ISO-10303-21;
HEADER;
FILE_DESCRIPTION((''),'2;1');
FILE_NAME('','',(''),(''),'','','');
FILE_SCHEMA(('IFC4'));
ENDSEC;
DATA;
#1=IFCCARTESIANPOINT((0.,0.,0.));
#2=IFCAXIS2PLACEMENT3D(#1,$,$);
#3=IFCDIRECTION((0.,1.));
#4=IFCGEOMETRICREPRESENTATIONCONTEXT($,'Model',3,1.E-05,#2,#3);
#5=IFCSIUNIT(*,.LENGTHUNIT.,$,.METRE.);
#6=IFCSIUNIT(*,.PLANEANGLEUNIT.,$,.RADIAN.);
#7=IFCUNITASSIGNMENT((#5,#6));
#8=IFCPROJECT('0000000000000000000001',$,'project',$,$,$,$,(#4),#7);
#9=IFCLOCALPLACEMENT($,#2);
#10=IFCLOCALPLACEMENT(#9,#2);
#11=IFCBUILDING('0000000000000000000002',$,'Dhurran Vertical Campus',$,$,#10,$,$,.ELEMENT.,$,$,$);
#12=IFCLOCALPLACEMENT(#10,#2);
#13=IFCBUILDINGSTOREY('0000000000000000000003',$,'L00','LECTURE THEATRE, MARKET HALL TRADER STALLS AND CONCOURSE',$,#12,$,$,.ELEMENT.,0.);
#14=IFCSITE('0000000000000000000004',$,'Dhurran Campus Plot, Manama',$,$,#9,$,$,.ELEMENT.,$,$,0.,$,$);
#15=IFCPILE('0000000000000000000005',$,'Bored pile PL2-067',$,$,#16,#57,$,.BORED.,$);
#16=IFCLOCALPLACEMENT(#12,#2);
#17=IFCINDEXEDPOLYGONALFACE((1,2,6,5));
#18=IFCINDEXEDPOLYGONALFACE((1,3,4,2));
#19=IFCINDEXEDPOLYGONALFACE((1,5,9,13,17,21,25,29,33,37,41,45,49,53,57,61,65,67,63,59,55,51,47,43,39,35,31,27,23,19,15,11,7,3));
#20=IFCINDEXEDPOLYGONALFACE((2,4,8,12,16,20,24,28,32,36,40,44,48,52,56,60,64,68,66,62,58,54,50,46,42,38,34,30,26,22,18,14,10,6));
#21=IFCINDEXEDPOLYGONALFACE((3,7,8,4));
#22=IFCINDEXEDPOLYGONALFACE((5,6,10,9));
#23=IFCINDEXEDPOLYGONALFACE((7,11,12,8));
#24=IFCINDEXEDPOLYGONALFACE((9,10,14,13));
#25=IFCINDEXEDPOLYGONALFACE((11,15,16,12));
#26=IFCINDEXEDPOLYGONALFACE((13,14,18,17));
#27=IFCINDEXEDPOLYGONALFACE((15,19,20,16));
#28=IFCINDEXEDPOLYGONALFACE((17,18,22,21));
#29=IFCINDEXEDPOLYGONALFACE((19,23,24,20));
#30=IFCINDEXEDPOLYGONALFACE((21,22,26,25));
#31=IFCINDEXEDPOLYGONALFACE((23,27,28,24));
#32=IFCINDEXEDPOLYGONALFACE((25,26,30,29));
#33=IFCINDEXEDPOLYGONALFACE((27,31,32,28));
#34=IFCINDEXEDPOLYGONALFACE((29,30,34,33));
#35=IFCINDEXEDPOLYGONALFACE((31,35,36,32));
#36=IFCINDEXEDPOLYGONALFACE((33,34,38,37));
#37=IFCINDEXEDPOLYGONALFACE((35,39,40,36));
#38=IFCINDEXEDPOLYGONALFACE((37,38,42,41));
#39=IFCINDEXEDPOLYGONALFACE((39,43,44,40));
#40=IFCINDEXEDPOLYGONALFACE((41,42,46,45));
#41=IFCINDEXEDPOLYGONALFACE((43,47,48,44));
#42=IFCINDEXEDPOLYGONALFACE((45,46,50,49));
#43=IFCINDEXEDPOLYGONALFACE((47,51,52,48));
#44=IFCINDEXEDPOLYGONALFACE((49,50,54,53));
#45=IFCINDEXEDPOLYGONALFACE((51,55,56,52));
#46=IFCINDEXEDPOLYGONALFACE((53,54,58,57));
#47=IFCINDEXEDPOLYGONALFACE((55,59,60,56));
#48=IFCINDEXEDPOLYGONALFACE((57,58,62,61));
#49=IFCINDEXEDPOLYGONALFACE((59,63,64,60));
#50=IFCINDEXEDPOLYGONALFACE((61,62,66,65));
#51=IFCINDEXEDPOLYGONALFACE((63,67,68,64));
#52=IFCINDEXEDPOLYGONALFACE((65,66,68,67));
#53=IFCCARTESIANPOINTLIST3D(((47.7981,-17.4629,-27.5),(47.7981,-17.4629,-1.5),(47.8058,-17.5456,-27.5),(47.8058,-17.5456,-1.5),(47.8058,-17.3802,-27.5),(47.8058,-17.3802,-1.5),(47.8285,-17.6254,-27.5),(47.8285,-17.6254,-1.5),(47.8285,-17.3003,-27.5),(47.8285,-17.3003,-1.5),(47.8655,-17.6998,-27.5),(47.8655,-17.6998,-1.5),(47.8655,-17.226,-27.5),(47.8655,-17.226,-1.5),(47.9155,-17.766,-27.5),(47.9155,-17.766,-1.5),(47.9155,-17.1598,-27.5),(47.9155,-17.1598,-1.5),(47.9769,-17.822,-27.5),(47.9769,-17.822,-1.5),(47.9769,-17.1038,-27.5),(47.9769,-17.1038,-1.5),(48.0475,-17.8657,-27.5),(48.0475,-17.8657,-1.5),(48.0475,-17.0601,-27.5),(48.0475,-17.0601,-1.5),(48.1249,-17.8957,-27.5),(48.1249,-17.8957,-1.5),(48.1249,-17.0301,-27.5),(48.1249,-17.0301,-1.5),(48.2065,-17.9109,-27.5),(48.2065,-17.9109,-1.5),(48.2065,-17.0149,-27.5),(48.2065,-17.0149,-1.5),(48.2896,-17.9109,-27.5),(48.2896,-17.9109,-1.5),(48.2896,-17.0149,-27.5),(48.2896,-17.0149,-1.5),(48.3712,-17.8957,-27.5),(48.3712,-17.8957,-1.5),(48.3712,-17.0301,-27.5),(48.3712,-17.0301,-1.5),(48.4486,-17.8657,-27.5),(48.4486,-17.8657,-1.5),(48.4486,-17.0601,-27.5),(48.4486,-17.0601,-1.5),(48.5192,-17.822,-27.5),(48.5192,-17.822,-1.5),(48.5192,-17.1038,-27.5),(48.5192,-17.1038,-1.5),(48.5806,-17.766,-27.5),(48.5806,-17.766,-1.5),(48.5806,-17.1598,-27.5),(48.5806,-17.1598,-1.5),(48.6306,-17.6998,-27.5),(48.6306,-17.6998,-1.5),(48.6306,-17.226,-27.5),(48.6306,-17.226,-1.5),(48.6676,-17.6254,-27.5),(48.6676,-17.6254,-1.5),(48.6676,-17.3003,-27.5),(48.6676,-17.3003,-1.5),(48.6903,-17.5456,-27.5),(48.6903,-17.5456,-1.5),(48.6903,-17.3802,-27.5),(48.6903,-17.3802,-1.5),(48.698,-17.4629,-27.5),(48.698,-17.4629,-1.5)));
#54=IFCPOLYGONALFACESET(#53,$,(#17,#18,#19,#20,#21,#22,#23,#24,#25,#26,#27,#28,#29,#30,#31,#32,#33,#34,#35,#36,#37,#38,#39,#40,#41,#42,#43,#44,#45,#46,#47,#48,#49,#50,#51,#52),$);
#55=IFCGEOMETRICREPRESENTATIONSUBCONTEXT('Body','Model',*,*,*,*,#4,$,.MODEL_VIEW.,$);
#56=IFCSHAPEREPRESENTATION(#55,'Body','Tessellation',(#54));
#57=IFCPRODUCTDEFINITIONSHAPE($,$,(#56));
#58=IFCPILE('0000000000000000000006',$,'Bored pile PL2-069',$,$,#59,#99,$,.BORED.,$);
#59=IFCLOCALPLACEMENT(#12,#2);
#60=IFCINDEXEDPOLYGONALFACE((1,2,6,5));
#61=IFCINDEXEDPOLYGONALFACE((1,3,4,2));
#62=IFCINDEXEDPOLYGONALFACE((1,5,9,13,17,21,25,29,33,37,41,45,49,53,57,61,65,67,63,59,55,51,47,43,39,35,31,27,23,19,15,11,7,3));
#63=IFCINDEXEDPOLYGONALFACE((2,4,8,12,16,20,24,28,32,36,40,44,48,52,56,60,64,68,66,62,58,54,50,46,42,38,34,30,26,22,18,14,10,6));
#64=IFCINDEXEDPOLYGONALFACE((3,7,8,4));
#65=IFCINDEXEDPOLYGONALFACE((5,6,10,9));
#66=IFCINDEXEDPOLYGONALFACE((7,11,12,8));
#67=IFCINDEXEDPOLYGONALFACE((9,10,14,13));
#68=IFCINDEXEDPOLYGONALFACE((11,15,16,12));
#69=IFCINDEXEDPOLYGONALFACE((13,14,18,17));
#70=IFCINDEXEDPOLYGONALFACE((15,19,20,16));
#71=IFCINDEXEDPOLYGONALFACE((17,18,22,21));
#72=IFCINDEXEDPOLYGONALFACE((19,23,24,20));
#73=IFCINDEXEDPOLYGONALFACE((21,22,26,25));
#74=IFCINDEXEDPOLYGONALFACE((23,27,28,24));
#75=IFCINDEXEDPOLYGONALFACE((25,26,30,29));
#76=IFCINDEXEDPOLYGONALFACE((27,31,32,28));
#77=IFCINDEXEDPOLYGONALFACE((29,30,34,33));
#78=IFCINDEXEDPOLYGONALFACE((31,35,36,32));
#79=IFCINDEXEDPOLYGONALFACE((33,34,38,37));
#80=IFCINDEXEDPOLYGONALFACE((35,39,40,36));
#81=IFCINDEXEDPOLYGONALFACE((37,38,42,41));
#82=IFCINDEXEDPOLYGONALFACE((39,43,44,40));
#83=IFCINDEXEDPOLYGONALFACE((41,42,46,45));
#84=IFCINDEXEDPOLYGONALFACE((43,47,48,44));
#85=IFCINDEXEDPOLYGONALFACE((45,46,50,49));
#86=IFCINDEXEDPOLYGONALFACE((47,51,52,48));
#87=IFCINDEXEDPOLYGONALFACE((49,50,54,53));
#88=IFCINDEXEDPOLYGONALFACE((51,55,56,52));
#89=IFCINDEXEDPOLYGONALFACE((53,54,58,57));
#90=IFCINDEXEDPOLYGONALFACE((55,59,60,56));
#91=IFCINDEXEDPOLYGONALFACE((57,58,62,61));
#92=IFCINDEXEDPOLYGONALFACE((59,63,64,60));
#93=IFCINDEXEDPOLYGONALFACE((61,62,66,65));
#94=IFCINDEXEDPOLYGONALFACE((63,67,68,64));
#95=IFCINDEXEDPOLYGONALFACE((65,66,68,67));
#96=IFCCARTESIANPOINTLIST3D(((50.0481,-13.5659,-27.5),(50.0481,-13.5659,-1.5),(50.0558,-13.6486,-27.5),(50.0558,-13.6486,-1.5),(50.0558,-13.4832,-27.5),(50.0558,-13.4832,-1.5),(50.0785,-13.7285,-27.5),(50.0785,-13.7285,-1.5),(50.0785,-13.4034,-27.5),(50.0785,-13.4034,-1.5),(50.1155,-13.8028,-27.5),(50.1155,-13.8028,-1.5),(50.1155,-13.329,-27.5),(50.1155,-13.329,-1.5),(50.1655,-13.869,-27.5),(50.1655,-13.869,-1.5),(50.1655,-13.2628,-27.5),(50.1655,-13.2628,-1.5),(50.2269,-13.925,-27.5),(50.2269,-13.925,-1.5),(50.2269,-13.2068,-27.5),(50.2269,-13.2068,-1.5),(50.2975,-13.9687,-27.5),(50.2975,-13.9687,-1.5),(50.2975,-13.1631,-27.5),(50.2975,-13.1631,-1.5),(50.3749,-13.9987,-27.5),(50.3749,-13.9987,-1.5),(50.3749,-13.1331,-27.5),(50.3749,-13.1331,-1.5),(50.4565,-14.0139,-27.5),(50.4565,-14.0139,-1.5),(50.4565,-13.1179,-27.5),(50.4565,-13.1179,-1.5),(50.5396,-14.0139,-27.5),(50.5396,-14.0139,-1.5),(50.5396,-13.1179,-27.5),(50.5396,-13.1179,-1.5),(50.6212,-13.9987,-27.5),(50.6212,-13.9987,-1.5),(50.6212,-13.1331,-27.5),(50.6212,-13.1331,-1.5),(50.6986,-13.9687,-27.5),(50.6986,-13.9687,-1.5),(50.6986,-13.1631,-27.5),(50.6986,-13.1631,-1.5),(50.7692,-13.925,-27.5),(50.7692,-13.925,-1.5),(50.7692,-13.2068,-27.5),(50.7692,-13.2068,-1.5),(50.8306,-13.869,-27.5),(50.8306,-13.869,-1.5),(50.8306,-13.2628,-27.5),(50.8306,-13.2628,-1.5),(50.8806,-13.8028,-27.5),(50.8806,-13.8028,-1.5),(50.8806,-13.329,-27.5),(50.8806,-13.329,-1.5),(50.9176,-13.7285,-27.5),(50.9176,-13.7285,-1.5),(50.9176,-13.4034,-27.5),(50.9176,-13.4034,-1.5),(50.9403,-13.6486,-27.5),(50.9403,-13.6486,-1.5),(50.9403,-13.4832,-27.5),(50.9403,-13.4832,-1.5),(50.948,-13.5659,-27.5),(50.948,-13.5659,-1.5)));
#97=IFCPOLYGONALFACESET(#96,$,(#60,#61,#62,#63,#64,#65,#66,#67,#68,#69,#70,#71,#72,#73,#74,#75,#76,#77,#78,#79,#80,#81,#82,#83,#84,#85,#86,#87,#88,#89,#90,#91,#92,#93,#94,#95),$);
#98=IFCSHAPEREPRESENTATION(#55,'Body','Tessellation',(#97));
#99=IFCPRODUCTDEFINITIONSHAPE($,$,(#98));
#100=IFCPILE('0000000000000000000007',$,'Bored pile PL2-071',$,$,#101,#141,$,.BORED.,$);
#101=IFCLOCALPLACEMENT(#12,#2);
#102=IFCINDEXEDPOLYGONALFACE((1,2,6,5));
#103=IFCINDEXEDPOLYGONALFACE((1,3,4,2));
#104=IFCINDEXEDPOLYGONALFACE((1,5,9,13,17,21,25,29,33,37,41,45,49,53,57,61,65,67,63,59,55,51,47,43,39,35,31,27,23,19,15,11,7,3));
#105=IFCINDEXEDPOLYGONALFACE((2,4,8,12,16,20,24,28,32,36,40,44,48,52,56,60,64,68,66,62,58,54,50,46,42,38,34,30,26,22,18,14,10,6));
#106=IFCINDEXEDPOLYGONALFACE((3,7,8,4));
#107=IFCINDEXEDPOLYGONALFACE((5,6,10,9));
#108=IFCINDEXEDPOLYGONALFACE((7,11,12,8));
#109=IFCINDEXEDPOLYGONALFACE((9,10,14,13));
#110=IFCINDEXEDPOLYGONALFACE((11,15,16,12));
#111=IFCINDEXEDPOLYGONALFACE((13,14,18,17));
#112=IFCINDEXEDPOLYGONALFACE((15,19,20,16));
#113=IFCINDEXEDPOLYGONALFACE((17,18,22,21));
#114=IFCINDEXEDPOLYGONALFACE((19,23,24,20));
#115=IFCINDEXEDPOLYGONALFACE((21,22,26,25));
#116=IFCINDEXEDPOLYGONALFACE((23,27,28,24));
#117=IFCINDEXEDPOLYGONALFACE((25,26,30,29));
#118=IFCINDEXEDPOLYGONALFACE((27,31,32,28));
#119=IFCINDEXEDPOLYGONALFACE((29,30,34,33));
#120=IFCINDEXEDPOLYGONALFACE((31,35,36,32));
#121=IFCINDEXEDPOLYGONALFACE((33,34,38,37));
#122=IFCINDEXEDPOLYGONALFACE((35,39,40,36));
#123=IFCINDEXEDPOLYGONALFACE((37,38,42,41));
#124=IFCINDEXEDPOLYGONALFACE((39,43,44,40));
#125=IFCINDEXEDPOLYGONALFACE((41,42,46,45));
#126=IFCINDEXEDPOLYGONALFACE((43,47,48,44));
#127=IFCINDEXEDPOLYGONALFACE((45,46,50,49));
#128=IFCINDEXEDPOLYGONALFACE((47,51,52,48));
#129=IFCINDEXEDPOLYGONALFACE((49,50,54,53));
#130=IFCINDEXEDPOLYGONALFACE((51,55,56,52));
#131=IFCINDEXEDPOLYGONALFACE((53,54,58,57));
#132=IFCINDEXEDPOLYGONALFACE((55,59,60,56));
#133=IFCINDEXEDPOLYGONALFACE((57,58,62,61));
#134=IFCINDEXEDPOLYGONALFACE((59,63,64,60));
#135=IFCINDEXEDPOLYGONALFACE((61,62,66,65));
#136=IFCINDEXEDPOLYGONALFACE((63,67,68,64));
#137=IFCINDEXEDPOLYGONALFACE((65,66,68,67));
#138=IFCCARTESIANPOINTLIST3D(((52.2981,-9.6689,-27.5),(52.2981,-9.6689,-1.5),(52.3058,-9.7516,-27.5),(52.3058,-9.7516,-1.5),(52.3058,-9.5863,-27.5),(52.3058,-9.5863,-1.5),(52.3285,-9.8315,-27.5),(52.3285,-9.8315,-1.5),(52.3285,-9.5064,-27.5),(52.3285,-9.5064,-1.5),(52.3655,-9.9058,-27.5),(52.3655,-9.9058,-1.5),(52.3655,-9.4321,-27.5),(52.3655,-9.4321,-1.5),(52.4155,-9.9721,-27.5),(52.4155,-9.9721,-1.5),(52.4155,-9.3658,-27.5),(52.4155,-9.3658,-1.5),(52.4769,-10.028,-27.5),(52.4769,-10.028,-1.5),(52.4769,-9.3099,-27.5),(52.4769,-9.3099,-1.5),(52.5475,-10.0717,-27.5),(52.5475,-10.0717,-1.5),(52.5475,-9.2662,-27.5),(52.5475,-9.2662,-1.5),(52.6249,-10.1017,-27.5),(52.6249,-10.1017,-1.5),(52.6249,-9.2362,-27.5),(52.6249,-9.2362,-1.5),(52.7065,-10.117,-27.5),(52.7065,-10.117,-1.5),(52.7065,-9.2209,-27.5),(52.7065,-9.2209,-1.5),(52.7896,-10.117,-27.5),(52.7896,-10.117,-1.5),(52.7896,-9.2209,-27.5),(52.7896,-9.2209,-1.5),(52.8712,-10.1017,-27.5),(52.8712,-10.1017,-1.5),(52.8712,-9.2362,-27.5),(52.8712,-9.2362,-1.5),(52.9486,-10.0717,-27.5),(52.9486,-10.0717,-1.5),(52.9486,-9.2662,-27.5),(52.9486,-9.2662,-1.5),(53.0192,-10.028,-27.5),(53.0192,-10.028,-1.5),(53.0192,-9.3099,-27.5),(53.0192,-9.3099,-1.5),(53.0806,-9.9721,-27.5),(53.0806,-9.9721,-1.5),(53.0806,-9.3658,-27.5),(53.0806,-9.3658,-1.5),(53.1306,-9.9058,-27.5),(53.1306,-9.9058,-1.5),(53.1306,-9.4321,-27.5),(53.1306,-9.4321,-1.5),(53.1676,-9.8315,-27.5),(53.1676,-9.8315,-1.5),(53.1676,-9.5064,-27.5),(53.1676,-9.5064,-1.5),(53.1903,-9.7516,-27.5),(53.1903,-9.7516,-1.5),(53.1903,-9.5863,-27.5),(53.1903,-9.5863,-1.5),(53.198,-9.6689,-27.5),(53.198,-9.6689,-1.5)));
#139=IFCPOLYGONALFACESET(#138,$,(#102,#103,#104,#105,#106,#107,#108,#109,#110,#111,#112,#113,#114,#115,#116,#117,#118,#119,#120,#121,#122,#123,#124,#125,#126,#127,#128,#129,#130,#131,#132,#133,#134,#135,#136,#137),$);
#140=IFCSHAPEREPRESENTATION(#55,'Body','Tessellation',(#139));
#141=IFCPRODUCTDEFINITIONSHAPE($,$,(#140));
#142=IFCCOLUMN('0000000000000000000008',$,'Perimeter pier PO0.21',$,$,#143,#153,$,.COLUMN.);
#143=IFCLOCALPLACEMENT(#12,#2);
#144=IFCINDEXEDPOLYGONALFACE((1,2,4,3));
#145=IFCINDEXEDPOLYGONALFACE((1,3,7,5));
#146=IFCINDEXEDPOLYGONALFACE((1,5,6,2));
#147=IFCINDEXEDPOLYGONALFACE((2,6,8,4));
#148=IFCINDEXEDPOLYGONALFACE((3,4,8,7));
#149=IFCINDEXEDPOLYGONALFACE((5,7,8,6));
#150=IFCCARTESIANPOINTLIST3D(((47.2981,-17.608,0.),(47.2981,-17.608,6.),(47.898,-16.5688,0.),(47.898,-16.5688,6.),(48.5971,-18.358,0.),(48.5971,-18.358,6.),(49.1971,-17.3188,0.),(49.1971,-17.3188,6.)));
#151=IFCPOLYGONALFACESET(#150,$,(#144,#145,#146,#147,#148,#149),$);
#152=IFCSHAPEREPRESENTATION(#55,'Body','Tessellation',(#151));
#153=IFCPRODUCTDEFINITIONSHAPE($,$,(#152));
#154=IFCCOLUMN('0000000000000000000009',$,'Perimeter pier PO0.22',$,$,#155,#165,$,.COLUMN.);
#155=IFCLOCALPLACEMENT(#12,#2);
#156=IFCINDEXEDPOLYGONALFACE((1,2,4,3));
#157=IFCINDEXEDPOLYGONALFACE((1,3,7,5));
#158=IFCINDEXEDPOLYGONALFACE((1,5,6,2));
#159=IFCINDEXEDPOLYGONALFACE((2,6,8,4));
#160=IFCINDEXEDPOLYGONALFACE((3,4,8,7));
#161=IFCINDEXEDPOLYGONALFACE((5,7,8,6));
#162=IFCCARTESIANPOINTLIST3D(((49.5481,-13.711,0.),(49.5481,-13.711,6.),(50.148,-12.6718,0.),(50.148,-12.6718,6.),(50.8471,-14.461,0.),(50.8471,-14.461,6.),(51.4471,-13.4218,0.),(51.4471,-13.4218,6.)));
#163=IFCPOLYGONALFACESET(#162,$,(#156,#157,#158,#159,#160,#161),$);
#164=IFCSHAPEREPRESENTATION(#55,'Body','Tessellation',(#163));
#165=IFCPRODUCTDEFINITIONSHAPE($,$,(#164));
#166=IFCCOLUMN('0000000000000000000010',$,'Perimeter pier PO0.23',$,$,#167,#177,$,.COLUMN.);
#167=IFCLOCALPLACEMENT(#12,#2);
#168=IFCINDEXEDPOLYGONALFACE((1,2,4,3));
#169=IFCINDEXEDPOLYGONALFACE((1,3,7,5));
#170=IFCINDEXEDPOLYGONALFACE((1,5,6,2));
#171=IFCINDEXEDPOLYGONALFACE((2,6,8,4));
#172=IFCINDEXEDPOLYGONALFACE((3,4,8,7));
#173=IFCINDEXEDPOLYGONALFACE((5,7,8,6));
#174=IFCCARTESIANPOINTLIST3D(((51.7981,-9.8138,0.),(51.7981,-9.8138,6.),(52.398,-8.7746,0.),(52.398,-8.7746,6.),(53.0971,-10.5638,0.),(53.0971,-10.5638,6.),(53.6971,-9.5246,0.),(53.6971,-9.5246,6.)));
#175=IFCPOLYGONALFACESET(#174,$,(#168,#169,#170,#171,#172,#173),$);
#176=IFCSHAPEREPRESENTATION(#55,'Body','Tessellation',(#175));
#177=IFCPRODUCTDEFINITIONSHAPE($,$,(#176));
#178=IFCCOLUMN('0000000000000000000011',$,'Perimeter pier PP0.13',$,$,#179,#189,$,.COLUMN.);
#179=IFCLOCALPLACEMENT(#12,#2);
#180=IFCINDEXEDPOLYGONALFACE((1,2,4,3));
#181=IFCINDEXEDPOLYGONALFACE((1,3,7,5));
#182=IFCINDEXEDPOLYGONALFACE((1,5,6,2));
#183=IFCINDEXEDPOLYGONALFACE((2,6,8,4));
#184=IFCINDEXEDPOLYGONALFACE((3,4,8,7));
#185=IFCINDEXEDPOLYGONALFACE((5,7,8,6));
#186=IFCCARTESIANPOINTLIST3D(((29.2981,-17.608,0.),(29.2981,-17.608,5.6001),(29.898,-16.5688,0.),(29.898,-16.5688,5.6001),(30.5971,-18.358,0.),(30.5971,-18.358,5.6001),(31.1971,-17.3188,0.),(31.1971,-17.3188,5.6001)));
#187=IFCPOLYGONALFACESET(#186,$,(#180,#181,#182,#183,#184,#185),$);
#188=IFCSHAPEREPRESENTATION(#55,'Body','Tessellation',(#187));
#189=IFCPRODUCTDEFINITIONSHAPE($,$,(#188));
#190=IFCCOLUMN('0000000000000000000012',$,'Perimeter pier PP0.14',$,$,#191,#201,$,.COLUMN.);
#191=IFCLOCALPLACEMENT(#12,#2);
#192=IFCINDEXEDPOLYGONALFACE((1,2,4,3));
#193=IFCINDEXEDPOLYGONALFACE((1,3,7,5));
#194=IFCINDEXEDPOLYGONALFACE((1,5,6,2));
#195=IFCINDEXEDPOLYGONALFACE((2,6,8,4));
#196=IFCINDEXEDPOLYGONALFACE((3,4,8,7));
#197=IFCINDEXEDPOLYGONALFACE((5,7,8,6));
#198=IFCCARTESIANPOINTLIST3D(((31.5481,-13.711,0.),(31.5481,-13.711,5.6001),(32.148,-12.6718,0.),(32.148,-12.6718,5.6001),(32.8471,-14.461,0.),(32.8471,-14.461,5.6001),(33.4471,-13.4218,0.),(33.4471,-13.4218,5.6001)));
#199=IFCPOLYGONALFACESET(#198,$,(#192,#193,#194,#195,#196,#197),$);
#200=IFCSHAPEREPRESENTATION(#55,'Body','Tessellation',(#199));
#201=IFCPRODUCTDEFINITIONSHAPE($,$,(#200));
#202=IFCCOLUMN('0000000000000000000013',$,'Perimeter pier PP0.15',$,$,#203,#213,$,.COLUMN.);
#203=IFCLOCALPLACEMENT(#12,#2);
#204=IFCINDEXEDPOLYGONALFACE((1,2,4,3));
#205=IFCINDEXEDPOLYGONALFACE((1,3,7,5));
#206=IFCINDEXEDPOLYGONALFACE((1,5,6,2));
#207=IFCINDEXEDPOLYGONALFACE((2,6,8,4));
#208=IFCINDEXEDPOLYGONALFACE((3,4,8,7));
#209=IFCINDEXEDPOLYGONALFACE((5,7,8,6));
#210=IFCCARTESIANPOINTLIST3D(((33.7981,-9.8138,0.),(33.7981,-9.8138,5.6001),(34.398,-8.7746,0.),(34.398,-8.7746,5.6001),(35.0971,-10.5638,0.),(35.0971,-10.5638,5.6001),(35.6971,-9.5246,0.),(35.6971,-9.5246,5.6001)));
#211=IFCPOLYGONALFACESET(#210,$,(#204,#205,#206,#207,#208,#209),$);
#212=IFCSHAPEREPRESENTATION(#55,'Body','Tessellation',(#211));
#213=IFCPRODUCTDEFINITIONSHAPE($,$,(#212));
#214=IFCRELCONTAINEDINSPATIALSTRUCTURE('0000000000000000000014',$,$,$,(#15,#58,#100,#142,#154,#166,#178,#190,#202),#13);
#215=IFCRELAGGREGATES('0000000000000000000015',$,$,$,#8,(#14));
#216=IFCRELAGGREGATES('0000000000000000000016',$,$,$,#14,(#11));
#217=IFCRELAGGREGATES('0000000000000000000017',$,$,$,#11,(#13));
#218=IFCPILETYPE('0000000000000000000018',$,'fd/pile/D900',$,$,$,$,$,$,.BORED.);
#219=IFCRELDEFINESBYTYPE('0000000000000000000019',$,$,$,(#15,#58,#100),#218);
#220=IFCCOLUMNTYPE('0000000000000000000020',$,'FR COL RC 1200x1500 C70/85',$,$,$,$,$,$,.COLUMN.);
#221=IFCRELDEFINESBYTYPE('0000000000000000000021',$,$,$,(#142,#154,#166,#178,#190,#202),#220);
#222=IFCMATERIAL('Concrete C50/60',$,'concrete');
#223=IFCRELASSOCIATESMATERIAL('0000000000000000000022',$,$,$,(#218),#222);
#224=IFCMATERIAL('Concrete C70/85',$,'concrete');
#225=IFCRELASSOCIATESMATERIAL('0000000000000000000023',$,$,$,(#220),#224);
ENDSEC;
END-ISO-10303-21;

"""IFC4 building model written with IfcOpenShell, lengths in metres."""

from ifc_helpers import new_model, si_unit, direction, frame, origin, origin_2d, place, context, subcontext, project, spatial, rectangle, circle, extrude, material, material_profile, profile_set, type_object, element, save


model = new_model("IFC4")

# Units and contexts
model_context = context("Model", 3, precision=1e-05, world=origin(), true_north=direction((0.0, 1.0)))
body_context = subcontext(model_context, "Body", "Model", "MODEL_VIEW")
ifc_project = project(units=[si_unit("LENGTHUNIT", "METRE"), si_unit("PLANEANGLEUNIT", "RADIAN")], contexts=[model_context])

# Site, building, storey
site_placement = place(None, origin())
site = spatial("IfcSite", under=ifc_project, at=site_placement, Name="Dhurran Campus Plot, Manama", CompositionType="ELEMENT", RefElevation=0.0)
building_placement = place(site_placement, origin())
building = spatial("IfcBuilding", under=site, at=building_placement, Name="Dhurran Vertical Campus", CompositionType="ELEMENT")
storey_placement = place(building_placement, origin())
storey = spatial("IfcBuildingStorey", under=building, at=storey_placement, Name="L00", Description="LECTURE THEATRE, MARKET HALL TRADER STALLS AND CONCOURSE", CompositionType="ELEMENT", Elevation=0.0)

# Piles
ifc_material_1 = material(Name="Concrete C50/60", Category="concrete")
ifc_material_profile_1 = material_profile(ifc_material_1, circle(Radius=0.45, at=origin_2d()), Name="fd/pile/D900")
ifc_profile_set_1 = profile_set([ifc_material_profile_1], Name="Concrete C50/60")
pile_type = type_object("IfcPileType", Name="fd/pile/D900", PredefinedType="BORED", material=ifc_profile_set_1)
for number, where, z_axis, x_axis, name in (
    (1, (48.248, -17.4629, -1.5), (0.0, 0.0, -1.0), (1.0, 0.0, 0.0), "Bored pile PL2-067"),
    (2, (50.498, -13.5659, -1.5), (0.0, 0.0, -1.0), (1.0, 0.0, 0.0), "Bored pile PL2-069"),
    (3, (52.748, -9.6689, -1.5), (0.0, 0.0, -1.0), (1.0, 0.0, 0.0), "Bored pile PL2-071"),
):
    element("IfcPile", number, at=place(storey_placement, frame(where, z_axis=z_axis, x_axis=x_axis)), inside=storey, type_object=pile_type, Name=name, PredefinedType="BORED", context=body_context, shape_type="SweptSolid", body=[
        extrude(circle(Radius=0.45, at=origin_2d()), origin(), (0.0, 0.0, 1.0), 26.0),
    ])

# Columns
ifc_material_2 = material(Name="Concrete C70/85", Category="concrete")
ifc_material_profile_2 = material_profile(ifc_material_2, rectangle(XDim=1.2, YDim=1.5, at=origin_2d()), Name="RC 1200x1500")
ifc_profile_set_2 = profile_set([ifc_material_profile_2], Name="Concrete C70/85")
column_type_1 = type_object("IfcColumnType", Name="FR COL RC 1200x1500 C70/85", PredefinedType="COLUMN", material=ifc_profile_set_2)
for number, where, z_axis, x_axis, name in (
    (4, (48.2476, -17.4634, 0.0), (0.0, 0.0, 1.0), (0.5, 0.866025, 0.0), "Perimeter pier PO0.21"),
    (5, (50.4976, -13.5664, 0.0), (0.0, 0.0, 1.0), (0.5, 0.866025, 0.0), "Perimeter pier PO0.22"),
    (6, (52.7476, -9.6692, 0.0), (0.0, 0.0, 1.0), (0.5, 0.866025, 0.0), "Perimeter pier PO0.23"),
):
    element("IfcColumn", number, at=place(storey_placement, frame(where, z_axis=z_axis, x_axis=x_axis)), inside=storey, type_object=column_type_1, Name=name, PredefinedType="COLUMN", context=body_context, shape_type="SweptSolid", body=[
        extrude(rectangle(XDim=1.2, YDim=1.5, at=origin_2d()), origin(), (0.0, 0.0, 1.0), 6.0),
    ])
for number, where, z_axis, x_axis, name in (
    (7, (30.2476, -17.4634, 0.0), (0.0, 0.0, 1.0), (0.5, 0.866025, 0.0), "Perimeter pier PP0.13"),
    (8, (32.4976, -13.5664, 0.0), (0.0, 0.0, 1.0), (0.5, 0.866025, 0.0), "Perimeter pier PP0.14"),
    (9, (34.7476, -9.6692, 0.0), (0.0, 0.0, 1.0), (0.5, 0.866025, 0.0), "Perimeter pier PP0.15"),
):
    element("IfcColumn", number, at=place(storey_placement, frame(where, z_axis=z_axis, x_axis=x_axis)), inside=storey, type_object=column_type_1, Name=name, PredefinedType="COLUMN", context=body_context, shape_type="SweptSolid", body=[
        extrude(rectangle(XDim=1.2, YDim=1.5, at=origin_2d()), origin(), (0.0, 0.0, 1.0), 5.6001),
    ])

save(model, "model.ifc")
